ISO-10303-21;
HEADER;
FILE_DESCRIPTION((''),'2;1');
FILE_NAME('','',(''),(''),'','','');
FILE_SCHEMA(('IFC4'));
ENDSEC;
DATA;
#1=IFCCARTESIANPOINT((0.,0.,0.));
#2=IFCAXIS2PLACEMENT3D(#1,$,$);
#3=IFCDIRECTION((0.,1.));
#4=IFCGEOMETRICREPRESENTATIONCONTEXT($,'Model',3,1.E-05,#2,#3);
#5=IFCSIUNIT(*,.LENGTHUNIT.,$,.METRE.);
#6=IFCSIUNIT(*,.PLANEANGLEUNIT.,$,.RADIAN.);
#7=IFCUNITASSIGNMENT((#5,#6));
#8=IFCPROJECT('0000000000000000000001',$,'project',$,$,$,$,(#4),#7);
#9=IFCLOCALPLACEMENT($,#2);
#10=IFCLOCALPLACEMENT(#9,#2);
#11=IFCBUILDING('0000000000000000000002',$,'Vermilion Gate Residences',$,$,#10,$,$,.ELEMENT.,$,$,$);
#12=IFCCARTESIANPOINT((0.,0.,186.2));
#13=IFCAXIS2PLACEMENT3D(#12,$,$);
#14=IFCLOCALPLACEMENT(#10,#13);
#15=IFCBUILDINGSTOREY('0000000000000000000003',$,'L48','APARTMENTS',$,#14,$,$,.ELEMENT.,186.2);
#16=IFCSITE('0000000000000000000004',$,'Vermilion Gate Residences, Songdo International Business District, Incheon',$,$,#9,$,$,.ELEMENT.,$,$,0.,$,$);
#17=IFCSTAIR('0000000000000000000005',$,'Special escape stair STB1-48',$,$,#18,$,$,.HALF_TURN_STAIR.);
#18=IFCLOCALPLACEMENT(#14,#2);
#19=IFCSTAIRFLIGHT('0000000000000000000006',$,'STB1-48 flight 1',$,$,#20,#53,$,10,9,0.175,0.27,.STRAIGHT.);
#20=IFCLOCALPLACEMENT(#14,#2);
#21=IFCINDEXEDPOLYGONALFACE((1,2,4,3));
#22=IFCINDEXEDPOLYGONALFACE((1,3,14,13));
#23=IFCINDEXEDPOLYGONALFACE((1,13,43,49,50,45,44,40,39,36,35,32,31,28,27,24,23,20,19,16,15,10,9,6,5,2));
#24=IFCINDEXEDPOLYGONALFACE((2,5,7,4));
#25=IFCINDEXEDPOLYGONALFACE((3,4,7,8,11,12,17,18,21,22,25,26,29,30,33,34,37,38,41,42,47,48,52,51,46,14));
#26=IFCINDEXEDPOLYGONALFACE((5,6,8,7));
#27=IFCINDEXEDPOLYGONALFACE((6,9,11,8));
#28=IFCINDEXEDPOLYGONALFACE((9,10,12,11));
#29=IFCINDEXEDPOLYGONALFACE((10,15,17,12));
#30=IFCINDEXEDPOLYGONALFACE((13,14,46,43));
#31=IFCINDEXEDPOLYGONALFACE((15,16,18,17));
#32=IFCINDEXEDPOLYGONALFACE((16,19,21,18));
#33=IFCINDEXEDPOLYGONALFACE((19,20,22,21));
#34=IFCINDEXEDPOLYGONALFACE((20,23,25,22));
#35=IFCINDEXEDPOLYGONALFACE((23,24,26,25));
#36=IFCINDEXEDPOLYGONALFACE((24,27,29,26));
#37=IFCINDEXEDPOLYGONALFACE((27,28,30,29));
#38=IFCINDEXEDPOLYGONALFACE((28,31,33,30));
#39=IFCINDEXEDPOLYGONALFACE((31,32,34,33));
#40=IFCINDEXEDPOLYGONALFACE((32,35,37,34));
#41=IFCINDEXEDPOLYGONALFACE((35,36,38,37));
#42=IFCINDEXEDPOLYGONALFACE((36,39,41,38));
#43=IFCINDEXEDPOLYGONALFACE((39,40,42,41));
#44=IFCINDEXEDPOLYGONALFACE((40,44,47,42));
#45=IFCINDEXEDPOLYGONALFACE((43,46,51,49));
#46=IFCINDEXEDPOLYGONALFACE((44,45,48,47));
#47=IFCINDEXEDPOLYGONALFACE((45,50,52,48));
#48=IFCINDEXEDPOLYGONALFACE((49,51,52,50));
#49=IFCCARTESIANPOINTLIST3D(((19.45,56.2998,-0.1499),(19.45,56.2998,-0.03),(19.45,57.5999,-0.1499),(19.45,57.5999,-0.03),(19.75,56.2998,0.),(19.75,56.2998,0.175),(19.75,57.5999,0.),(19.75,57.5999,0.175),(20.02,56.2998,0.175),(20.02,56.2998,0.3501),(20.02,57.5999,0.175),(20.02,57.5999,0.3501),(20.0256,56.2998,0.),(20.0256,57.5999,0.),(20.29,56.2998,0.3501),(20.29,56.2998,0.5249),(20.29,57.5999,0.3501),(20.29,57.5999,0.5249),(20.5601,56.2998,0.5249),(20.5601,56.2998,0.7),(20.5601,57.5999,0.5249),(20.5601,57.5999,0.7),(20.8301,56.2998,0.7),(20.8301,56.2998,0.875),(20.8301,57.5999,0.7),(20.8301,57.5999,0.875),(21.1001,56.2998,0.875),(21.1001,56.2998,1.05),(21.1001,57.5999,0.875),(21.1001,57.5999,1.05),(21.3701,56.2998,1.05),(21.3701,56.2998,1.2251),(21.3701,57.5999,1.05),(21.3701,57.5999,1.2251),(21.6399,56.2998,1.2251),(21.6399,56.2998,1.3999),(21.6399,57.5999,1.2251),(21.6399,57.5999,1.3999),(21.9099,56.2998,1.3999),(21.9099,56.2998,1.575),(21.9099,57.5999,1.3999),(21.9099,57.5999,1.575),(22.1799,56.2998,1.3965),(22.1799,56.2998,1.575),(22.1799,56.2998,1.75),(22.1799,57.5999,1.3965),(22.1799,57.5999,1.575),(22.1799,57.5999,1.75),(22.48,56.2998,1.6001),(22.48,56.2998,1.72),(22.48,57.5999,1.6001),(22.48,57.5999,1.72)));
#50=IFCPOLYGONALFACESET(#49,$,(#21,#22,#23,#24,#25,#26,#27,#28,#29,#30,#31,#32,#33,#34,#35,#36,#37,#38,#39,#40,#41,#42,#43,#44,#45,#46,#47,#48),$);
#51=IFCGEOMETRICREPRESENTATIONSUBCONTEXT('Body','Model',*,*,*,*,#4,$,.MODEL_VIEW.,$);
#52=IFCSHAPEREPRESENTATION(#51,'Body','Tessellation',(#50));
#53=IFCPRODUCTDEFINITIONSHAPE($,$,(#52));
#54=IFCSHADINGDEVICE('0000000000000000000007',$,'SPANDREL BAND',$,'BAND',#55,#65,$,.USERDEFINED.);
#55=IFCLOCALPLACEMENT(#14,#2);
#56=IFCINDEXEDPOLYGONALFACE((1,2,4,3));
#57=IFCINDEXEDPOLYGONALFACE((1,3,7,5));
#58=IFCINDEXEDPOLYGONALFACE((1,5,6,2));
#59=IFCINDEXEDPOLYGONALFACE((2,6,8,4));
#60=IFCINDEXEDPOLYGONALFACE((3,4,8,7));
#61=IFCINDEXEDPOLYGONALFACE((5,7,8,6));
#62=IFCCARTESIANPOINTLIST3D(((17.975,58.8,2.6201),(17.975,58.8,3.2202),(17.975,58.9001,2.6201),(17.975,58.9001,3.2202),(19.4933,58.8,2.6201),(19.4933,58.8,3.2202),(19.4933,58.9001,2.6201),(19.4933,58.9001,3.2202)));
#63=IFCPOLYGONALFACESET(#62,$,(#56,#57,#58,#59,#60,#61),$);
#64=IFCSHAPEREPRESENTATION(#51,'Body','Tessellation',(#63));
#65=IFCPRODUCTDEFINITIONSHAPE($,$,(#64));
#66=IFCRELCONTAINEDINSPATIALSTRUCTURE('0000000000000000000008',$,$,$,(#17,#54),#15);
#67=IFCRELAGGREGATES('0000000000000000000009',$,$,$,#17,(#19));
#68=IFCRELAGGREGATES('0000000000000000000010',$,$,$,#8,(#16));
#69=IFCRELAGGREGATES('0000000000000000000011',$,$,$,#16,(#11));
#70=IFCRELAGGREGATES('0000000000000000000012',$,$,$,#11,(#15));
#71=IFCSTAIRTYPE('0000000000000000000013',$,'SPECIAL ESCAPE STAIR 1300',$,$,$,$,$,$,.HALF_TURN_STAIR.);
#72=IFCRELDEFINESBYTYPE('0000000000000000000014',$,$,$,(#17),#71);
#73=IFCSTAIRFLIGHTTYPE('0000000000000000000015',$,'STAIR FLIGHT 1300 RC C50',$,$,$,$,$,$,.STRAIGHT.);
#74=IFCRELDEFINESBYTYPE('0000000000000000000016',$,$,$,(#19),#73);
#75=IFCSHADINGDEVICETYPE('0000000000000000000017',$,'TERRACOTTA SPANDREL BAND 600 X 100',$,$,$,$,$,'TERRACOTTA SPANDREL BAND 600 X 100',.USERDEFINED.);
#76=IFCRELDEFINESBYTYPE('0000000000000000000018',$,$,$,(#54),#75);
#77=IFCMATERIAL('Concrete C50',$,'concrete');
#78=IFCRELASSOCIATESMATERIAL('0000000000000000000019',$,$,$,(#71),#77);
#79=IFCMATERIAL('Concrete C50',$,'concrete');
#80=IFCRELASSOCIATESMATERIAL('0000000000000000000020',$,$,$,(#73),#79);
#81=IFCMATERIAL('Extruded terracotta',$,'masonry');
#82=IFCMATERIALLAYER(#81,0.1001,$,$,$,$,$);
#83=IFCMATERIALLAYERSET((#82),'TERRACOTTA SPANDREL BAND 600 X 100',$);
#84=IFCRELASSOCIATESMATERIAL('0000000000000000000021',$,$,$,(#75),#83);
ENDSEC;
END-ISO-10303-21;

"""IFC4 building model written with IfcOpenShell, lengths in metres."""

from ifc_helpers import new_model, si_unit, direction, frame, origin, origin_2d, place, context, subcontext, project, spatial, polyline, rectangle, outline, extrude, material, layer, layer_set, type_object, element, aggregate, save


model = new_model("IFC4")

# Units and contexts
model_context = context("Model", 3, precision=1e-05, world=origin(), true_north=direction((0.0, 1.0)))
body_context = subcontext(model_context, "Body", "Model", "MODEL_VIEW")
ifc_project = project(units=[si_unit("LENGTHUNIT", "METRE"), si_unit("PLANEANGLEUNIT", "RADIAN")], contexts=[model_context])

# Site, building, storey
site_placement = place(None, origin())
site = spatial("IfcSite", under=ifc_project, at=site_placement, Name="Vermilion Gate Residences, Songdo International Business District, Incheon", CompositionType="ELEMENT", RefElevation=0.0)
building_placement = place(site_placement, origin())
building = spatial("IfcBuilding", under=site, at=building_placement, Name="Vermilion Gate Residences", CompositionType="ELEMENT")
storey_placement = place(building_placement, frame((0.0, 0.0, 186.2)))
storey = spatial("IfcBuildingStorey", under=building, at=storey_placement, Name="L48", Description="APARTMENTS", CompositionType="ELEMENT", Elevation=186.2)

# Stair, stair flight
ifc_material_1 = material(Name="Concrete C50", Category="concrete")
stair_type = type_object("IfcStairType", Name="SPECIAL ESCAPE STAIR 1300", PredefinedType="HALF_TURN_STAIR", material=ifc_material_1)
stair_placement = place(storey_placement, origin())
stair = element("IfcStair", 1, at=stair_placement, inside=storey, type_object=stair_type, Name="Special escape stair STB1-48", PredefinedType="HALF_TURN_STAIR")
ifc_material_2 = material(Name="Concrete C50", Category="concrete")
stair_flight_type = type_object("IfcStairFlightType", Name="STAIR FLIGHT 1300 RC C50", PredefinedType="STRAIGHT", material=ifc_material_2)
stair_flight_placement = place(storey_placement, frame((19.75, 56.95, 0.0), z_axis=(0.0, 0.0, 1.0), x_axis=(1.0, 0.0, 0.0)))
stair_flight = element("IfcStairFlight", 2, at=stair_flight_placement, type_object=stair_flight_type, Name="STB1-48 flight 1", NumberOfRisers=10, NumberOfTreads=9, PredefinedType="STRAIGHT", RiserHeight=0.175, TreadLength=0.27, context=body_context, shape_type="SweptSolid", body=[
    extrude(outline(polyline([(-0.3, -0.1499), (-0.3, -0.03), (0.0, 0.0), (0.0, 0.175), (0.27, 0.175), (0.27, 0.3501), (0.54, 0.3501), (0.54, 0.5249), (0.8101, 0.5249), (0.8101, 0.7), (1.0801, 0.7), (1.0801, 0.875), (1.3501, 0.875), (1.3501, 1.05), (1.6201, 1.05), (1.6201, 1.2251), (1.8899, 1.2251), (1.8899, 1.3999), (2.1599, 1.3999), (2.1599, 1.575), (2.4299, 1.575), (2.4299, 1.75), (2.73, 1.72), (2.73, 1.6001), (2.4299, 1.3965), (0.2756, 0.0), (-0.3, -0.1499)])), frame((0.0, 0.6499, 0.0), z_axis=(0.0, -1.0, 0.0), x_axis=(1.0, 0.0, 0.0)), (0.0, 0.0, 1.0), 1.3),
])
aggregate(stair, [stair_flight])

# Shading device
ifc_material_3 = material(Name="Extruded terracotta", Category="masonry")
ifc_layer_1 = layer(ifc_material_3, 0.1001)
ifc_layer_set_1 = layer_set([ifc_layer_1], Name="TERRACOTTA SPANDREL BAND 600 X 100")
shading_device_type = type_object("IfcShadingDeviceType", Name="TERRACOTTA SPANDREL BAND 600 X 100", ElementType="TERRACOTTA SPANDREL BAND 600 X 100", PredefinedType="USERDEFINED", material=ifc_layer_set_1)
shading_device_placement = place(storey_placement, frame((18.7341, 58.8501, 2.6201), z_axis=(0.0, 0.0, 1.0), x_axis=(1.0, 0.0, 0.0)))
element("IfcShadingDevice", 3, at=shading_device_placement, inside=storey, type_object=shading_device_type, Name="SPANDREL BAND", ObjectType="BAND", PredefinedType="USERDEFINED", context=body_context, shape_type="SweptSolid", body=[
    extrude(rectangle(XDim=1.5183, YDim=0.1001, at=origin_2d()), origin(), (0.0, 0.0, 1.0), 0.6001),
])

save(model, "model.ifc")
